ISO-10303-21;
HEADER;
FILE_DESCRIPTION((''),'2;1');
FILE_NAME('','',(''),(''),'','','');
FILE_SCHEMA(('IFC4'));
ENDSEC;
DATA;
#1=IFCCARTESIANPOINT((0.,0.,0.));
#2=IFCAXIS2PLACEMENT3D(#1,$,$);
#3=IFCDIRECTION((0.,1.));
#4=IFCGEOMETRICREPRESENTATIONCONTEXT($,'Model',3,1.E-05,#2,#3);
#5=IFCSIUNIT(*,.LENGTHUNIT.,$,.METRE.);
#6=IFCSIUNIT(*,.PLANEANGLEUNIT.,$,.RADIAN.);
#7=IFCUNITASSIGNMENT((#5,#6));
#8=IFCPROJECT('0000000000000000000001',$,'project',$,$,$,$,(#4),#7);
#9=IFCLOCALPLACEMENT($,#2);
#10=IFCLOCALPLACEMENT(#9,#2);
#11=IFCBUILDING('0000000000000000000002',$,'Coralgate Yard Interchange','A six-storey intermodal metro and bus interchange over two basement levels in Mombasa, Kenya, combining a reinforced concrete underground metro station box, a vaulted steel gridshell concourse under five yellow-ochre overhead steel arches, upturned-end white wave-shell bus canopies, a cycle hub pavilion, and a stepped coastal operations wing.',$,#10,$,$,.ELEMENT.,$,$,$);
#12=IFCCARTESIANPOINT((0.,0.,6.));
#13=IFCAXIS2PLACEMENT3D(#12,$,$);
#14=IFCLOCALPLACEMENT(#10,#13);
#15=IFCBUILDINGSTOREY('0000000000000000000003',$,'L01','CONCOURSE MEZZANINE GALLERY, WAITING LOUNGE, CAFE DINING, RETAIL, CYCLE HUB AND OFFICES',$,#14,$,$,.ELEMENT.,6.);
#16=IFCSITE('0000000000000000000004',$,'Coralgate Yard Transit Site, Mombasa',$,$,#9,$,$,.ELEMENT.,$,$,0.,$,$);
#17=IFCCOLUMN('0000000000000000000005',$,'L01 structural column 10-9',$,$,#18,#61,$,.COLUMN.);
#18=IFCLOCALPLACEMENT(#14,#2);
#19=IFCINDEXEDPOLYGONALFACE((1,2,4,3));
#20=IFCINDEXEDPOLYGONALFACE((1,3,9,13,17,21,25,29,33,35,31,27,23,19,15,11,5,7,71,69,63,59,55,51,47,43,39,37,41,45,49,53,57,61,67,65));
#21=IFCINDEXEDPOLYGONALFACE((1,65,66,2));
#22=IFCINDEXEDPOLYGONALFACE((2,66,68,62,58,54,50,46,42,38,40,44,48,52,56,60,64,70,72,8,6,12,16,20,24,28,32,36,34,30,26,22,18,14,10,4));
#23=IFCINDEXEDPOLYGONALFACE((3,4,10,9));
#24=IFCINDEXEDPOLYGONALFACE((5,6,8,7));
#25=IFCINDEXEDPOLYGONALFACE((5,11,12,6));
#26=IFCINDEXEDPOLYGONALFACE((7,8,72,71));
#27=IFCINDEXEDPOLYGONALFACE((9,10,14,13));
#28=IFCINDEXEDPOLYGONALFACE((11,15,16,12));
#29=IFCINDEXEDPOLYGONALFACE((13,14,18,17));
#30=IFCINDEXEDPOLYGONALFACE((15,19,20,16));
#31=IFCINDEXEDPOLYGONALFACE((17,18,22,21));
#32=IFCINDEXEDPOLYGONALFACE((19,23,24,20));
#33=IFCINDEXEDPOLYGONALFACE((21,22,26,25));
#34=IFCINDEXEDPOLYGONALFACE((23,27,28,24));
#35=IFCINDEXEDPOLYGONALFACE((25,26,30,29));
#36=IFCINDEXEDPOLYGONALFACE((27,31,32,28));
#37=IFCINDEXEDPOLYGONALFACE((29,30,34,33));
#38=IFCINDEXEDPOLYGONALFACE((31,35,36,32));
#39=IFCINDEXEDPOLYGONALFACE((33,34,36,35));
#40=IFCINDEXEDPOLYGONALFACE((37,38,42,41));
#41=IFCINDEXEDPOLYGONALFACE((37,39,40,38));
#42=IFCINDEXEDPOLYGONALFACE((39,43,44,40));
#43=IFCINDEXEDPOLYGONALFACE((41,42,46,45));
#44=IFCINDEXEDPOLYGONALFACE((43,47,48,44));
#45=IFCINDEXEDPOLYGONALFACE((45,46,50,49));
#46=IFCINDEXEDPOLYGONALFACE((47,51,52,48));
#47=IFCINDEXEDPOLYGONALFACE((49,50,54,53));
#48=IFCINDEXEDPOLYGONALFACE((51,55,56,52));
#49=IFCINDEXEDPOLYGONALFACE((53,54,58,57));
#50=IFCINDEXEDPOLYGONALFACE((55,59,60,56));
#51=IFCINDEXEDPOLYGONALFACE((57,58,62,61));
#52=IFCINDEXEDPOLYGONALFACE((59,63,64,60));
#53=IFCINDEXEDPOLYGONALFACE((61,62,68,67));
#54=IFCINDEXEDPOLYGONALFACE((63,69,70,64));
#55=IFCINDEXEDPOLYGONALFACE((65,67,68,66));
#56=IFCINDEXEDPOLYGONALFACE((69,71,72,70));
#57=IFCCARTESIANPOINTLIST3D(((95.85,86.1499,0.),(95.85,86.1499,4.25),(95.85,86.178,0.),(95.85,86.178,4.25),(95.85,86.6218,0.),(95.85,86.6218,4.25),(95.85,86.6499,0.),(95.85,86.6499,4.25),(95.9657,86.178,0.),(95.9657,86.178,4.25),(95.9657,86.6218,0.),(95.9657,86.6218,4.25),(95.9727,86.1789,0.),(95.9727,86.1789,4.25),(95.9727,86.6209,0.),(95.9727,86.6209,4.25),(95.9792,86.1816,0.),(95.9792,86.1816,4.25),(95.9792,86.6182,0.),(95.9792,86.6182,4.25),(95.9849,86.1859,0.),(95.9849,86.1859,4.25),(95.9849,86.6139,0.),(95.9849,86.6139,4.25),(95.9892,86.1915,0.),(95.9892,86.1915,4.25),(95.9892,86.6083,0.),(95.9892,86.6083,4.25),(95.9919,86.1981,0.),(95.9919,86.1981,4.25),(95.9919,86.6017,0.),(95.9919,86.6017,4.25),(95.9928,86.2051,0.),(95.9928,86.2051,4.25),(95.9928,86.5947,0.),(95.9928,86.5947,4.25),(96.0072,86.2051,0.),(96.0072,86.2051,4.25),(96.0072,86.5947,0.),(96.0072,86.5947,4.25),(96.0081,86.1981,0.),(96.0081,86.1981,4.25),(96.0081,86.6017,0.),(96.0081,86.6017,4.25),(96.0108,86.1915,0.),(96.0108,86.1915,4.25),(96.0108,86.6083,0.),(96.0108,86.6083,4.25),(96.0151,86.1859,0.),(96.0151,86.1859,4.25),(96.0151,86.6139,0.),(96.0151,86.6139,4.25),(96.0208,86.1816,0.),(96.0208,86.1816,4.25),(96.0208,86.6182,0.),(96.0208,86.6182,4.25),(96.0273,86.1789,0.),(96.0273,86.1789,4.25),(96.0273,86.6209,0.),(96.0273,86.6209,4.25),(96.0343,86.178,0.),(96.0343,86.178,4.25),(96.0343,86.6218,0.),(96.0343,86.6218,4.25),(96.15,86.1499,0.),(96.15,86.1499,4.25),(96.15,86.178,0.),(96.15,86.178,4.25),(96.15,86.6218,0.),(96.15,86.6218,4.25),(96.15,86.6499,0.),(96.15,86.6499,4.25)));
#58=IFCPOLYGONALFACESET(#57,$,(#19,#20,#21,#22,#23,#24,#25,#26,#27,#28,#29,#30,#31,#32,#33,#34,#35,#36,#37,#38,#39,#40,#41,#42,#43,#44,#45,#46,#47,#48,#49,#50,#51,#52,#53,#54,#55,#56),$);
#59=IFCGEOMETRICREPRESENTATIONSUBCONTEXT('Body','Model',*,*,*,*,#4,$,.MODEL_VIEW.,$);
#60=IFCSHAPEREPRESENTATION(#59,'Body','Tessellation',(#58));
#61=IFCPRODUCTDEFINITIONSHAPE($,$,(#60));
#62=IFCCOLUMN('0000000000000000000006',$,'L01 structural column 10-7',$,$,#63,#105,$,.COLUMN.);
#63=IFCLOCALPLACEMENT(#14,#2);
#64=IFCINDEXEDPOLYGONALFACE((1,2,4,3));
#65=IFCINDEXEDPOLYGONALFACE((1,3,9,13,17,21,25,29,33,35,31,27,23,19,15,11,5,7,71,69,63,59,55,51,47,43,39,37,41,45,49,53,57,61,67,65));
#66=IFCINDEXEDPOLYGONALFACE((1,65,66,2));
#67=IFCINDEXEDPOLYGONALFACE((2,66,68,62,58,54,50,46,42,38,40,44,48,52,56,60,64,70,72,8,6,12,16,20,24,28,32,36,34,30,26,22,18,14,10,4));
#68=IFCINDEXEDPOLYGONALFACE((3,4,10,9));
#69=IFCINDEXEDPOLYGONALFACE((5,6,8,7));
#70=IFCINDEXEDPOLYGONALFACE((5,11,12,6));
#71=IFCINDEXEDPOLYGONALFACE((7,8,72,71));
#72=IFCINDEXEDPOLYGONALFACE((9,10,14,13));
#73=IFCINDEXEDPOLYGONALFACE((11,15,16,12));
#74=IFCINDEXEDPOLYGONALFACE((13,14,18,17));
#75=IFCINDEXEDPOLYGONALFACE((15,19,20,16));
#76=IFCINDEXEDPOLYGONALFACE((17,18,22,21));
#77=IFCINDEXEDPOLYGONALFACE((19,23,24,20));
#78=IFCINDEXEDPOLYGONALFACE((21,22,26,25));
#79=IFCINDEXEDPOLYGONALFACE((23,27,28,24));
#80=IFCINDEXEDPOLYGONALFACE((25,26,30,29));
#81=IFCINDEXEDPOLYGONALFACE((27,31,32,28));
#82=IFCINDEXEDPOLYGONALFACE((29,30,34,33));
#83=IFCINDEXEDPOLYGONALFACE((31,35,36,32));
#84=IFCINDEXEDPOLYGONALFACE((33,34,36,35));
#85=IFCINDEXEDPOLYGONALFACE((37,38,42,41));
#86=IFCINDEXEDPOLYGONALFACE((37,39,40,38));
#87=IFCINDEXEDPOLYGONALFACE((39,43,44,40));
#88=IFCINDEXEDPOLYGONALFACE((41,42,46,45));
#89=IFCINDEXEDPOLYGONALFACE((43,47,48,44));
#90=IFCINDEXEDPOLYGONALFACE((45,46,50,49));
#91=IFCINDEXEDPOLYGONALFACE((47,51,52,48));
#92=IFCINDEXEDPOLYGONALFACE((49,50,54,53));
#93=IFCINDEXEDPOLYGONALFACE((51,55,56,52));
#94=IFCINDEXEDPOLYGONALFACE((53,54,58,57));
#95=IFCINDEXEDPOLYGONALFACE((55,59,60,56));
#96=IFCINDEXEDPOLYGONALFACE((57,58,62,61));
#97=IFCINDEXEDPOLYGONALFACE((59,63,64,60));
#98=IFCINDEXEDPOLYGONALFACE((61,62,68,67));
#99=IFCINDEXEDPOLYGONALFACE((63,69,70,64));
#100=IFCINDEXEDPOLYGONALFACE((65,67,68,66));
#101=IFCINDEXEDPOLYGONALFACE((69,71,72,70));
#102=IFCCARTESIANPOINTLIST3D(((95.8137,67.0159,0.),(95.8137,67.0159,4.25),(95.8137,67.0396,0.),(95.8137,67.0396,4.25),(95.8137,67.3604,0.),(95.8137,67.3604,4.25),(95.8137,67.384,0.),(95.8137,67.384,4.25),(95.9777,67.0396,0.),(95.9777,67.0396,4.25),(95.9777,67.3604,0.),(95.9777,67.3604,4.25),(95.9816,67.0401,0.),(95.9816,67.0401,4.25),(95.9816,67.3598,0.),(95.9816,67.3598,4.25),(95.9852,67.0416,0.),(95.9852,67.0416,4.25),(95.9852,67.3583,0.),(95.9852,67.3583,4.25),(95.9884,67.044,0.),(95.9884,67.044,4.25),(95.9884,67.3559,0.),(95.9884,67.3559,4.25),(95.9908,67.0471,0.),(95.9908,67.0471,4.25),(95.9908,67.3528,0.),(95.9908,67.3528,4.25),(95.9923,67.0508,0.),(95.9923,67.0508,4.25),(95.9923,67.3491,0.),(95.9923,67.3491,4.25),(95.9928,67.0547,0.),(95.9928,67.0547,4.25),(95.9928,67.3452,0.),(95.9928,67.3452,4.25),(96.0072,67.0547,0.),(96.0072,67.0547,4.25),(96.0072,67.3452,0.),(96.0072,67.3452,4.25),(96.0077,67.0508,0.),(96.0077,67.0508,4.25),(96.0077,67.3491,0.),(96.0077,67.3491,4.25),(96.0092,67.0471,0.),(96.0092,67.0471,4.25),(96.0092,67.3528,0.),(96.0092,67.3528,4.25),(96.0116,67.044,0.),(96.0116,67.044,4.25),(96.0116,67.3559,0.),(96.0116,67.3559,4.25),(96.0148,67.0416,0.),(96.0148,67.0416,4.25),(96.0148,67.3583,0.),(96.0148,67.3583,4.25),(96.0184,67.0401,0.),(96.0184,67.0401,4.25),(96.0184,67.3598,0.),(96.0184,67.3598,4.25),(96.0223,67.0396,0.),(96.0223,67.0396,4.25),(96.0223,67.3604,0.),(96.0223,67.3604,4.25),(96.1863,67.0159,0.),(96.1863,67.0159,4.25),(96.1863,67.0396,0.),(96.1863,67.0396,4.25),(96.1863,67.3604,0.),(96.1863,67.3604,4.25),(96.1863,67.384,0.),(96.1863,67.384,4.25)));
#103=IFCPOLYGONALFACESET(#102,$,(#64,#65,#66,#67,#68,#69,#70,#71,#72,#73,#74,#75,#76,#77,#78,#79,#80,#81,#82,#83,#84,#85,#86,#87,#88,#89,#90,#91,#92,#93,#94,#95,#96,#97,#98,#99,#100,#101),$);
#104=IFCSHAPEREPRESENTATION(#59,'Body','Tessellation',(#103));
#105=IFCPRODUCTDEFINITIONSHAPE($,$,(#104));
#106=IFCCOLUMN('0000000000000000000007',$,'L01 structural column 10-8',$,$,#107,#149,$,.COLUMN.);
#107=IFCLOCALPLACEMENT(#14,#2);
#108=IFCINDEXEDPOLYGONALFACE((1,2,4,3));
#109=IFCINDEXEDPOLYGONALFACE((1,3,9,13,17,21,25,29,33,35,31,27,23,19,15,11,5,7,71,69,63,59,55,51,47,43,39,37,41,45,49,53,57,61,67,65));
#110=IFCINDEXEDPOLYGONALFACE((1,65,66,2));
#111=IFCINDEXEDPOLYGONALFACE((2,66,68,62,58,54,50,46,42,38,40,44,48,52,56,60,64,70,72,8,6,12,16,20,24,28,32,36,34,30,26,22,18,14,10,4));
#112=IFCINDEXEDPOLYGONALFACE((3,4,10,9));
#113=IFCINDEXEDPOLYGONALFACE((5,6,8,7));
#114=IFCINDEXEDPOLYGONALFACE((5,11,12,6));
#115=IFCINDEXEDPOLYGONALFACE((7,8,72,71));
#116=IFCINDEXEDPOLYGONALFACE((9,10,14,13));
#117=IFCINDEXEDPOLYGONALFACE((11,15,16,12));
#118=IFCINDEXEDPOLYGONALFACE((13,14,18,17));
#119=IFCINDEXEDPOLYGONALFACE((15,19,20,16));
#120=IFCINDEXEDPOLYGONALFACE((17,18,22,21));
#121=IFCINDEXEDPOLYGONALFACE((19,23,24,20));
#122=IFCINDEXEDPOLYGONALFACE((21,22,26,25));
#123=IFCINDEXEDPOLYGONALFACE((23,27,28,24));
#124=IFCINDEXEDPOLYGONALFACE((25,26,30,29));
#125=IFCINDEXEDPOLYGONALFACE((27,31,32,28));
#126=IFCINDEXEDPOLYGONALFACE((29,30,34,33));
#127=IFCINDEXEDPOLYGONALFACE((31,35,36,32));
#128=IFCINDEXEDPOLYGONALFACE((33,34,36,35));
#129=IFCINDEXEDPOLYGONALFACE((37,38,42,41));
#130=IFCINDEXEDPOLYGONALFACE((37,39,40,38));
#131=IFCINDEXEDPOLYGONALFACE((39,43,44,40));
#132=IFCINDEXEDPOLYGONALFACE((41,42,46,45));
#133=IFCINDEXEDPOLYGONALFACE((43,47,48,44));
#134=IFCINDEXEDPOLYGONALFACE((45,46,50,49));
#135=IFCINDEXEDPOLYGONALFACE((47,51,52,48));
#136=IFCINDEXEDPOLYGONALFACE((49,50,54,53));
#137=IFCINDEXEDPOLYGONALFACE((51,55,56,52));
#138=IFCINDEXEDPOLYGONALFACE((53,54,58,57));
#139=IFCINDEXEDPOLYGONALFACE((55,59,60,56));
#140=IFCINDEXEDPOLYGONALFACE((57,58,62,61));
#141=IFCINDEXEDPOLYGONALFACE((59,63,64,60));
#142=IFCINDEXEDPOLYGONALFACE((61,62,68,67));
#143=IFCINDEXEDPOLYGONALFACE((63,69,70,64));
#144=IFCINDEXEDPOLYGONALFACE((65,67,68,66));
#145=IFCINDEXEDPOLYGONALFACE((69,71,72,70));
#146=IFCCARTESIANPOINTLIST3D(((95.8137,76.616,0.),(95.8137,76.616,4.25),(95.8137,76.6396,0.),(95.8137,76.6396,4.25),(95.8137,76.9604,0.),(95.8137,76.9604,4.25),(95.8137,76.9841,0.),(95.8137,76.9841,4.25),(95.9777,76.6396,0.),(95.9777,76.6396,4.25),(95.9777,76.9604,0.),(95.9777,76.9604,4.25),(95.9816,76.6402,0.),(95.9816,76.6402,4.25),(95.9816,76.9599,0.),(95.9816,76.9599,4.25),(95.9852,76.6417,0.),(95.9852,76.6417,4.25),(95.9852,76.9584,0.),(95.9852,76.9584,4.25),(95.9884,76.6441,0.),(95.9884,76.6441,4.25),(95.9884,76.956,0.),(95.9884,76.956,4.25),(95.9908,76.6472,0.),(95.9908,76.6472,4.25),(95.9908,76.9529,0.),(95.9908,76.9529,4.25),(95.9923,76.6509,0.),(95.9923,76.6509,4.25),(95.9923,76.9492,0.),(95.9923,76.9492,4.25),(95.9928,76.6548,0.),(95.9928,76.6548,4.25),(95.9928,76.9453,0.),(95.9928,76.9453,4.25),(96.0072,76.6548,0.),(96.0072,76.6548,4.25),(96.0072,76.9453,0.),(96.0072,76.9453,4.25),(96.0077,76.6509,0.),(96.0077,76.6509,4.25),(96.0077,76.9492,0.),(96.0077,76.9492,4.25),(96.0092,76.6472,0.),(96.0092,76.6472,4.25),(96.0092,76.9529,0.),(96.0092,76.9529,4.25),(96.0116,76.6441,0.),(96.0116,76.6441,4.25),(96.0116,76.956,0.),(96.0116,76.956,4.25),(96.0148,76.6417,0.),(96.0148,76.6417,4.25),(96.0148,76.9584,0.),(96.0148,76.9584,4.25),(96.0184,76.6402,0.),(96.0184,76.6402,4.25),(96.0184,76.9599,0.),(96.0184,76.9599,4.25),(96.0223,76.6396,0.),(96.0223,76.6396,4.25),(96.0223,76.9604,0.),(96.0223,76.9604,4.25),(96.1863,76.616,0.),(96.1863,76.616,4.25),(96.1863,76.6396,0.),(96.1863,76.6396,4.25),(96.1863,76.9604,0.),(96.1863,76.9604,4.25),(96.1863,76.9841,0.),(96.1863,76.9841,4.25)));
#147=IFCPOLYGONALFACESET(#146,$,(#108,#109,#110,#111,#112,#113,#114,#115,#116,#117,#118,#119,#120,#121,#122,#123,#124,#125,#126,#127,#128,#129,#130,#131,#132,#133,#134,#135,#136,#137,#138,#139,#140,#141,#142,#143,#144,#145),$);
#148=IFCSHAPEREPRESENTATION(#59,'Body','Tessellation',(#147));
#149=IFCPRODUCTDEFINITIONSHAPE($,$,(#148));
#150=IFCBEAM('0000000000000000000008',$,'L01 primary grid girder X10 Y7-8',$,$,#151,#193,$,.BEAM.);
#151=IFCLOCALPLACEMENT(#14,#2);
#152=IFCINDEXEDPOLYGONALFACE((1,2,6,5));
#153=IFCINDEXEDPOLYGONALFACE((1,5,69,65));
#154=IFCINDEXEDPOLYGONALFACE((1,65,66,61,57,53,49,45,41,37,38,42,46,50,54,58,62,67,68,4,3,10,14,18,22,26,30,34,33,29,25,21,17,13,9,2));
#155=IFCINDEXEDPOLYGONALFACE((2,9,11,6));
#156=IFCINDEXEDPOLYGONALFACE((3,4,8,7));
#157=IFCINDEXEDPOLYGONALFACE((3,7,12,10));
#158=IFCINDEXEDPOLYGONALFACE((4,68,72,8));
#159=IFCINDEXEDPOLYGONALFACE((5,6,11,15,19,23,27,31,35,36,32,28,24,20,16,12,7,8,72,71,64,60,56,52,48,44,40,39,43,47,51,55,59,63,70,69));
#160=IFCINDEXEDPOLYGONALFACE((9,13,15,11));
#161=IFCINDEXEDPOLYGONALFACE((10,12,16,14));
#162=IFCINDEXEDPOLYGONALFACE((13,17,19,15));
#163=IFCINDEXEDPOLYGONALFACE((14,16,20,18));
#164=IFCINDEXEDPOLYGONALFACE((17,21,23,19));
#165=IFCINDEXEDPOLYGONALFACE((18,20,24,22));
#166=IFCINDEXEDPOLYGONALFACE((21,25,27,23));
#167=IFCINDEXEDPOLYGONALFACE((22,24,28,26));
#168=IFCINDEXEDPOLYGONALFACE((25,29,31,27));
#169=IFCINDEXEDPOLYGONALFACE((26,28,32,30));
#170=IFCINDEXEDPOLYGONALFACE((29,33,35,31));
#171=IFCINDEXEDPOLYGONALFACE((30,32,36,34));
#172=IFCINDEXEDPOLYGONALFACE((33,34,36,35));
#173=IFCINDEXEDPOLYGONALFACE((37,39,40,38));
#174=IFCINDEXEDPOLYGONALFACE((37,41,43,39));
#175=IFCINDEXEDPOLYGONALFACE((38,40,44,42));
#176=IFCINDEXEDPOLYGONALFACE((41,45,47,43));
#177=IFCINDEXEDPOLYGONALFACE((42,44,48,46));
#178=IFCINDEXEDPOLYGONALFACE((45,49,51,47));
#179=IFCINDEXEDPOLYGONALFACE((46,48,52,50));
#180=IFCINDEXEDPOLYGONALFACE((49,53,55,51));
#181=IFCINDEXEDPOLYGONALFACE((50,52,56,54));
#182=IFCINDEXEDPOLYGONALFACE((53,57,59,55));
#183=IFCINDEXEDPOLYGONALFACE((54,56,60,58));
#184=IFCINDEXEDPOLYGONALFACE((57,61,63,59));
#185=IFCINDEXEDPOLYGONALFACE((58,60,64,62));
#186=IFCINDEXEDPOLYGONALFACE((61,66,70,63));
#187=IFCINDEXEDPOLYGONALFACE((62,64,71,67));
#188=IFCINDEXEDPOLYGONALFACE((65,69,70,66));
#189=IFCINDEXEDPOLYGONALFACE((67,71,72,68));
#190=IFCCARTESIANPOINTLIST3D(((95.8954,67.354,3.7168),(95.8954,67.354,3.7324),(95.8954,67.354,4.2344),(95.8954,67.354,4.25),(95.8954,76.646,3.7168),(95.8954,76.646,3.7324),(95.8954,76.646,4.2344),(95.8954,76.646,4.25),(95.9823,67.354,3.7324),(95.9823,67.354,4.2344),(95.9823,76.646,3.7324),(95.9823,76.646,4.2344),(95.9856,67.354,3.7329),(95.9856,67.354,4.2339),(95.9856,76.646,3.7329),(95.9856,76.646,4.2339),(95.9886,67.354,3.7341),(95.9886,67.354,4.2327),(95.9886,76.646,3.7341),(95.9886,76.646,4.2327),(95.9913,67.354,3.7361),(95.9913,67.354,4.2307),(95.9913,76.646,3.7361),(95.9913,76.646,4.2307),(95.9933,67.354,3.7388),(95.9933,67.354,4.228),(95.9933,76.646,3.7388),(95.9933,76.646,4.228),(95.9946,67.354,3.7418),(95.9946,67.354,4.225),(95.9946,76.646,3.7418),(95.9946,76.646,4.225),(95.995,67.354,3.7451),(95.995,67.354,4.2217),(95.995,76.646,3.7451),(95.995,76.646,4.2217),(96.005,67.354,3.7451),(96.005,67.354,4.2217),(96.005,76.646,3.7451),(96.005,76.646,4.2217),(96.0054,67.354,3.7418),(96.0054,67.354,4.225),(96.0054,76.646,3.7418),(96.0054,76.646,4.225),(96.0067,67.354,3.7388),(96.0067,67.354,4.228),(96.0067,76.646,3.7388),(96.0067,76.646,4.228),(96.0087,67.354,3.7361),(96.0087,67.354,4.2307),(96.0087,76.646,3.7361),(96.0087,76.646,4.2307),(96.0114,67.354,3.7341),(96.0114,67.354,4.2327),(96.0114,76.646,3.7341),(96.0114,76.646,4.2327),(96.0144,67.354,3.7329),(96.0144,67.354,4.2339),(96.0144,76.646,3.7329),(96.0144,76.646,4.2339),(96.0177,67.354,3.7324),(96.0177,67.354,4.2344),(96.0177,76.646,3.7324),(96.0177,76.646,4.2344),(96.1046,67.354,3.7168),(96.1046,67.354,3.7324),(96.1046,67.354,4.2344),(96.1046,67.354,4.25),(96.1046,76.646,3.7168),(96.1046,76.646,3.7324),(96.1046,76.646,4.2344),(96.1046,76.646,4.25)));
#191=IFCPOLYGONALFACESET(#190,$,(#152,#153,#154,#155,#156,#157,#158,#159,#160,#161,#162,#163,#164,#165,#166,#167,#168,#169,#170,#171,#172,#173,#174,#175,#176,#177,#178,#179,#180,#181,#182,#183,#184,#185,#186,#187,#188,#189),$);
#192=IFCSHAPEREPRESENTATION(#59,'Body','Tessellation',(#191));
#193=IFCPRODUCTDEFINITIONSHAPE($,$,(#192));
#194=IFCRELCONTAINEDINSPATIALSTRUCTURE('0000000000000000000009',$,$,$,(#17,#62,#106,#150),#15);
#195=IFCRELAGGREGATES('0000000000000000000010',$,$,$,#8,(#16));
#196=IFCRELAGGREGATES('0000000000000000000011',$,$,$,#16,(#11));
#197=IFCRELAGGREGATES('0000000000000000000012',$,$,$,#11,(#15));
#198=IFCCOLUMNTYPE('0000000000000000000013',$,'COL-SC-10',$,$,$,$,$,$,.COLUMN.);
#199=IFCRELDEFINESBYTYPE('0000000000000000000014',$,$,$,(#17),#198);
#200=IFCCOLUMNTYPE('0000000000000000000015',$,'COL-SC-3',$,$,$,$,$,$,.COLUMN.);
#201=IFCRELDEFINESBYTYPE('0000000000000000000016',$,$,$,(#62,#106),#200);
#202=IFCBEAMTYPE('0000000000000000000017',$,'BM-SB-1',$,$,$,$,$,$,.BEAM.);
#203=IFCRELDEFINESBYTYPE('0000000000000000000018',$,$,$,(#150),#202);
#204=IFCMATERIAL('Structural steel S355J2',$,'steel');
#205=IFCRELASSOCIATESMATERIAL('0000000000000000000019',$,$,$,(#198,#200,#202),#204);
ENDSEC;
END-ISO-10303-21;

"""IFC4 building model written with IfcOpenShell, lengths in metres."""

from ifc_helpers import new_model, si_unit, direction, frame, origin, origin_2d, place, context, subcontext, project, spatial, i_section, extrude, material, material_profile, profile_set, type_object, element, save


model = new_model("IFC4")

# Units and contexts
model_context = context("Model", 3, precision=1e-05, world=origin(), true_north=direction((0.0, 1.0)))
body_context = subcontext(model_context, "Body", "Model", "MODEL_VIEW")
ifc_project = project(units=[si_unit("LENGTHUNIT", "METRE"), si_unit("PLANEANGLEUNIT", "RADIAN")], contexts=[model_context])

# Site, building, storey
site_placement = place(None, origin())
site = spatial("IfcSite", under=ifc_project, at=site_placement, Name="Coralgate Yard Transit Site, Mombasa", CompositionType="ELEMENT", RefElevation=0.0)
building_placement = place(site_placement, origin())
building = spatial("IfcBuilding", under=site, at=building_placement, Name="Coralgate Yard Interchange", Description="A six-storey intermodal metro and bus interchange over two basement levels in Mombasa, Kenya, combining a reinforced concrete underground metro station box, a vaulted steel gridshell concourse under five yellow-ochre overhead steel arches, upturned-end white wave-shell bus canopies, a cycle hub pavilion, and a stepped coastal operations wing.", CompositionType="ELEMENT")
storey_placement = place(building_placement, frame((0.0, 0.0, 6.0)))
storey = spatial("IfcBuildingStorey", under=building, at=storey_placement, Name="L01", Description="CONCOURSE MEZZANINE GALLERY, WAITING LOUNGE, CAFE DINING, RETAIL, CYCLE HUB AND OFFICES", CompositionType="ELEMENT", Elevation=6.0)

# Columns
ifc_material_1 = material(Name="Structural steel S355J2", Category="steel")
ifc_material_profile_1 = material_profile(ifc_material_1, i_section(OverallWidth=0.3, OverallDepth=0.5, WebThickness=0.0144, FlangeThickness=0.0281, FilletRadius=0.0271, at=origin_2d()), Name="HEB 500")
ifc_profile_set_1 = profile_set([ifc_material_profile_1], Name="Structural steel S355J2")
column_type_1 = type_object("IfcColumnType", Name="COL-SC-10", PredefinedType="COLUMN", material=ifc_profile_set_1)
column_placement = place(storey_placement, frame((96.0, 86.3999, 0.0), z_axis=(0.0, 0.0, 1.0), x_axis=(1.0, 0.0, 0.0)))
element("IfcColumn", 1, at=column_placement, inside=storey, type_object=column_type_1, Name="L01 structural column 10-9", PredefinedType="COLUMN", context=body_context, shape_type="SweptSolid", body=[
    extrude(i_section(OverallWidth=0.3, OverallDepth=0.5, WebThickness=0.0144, FlangeThickness=0.0281, FilletRadius=0.0271, at=origin_2d()), origin(), (0.0, 0.0, 1.0), 4.25),
])
ifc_material_profile_2 = material_profile(ifc_material_1, i_section(OverallWidth=0.3726, OverallDepth=0.3682, WebThickness=0.0144, FlangeThickness=0.0237, FilletRadius=0.0151, at=origin_2d()), Name="UC 356x368x177")
ifc_profile_set_2 = profile_set([ifc_material_profile_2], Name="Structural steel S355J2")
column_type_2 = type_object("IfcColumnType", Name="COL-SC-3", PredefinedType="COLUMN", material=ifc_profile_set_2)
for number, where, z_axis, x_axis, name in (
    (2, (96.0, 67.2, 0.0), (0.0, 0.0, 1.0), (1.0, 0.0, 0.0), "L01 structural column 10-7"),
    (3, (96.0, 76.8, 0.0), (0.0, 0.0, 1.0), (1.0, 0.0, 0.0), "L01 structural column 10-8"),
):
    element("IfcColumn", number, at=place(storey_placement, frame(where, z_axis=z_axis, x_axis=x_axis)), inside=storey, type_object=column_type_2, Name=name, PredefinedType="COLUMN", context=body_context, shape_type="SweptSolid", body=[
        extrude(i_section(OverallWidth=0.3726, OverallDepth=0.3682, WebThickness=0.0144, FlangeThickness=0.0237, FilletRadius=0.0151, at=origin_2d()), origin(), (0.0, 0.0, 1.0), 4.25),
    ])

# Beam
ifc_material_profile_3 = material_profile(ifc_material_1, i_section(OverallWidth=0.2092, OverallDepth=0.5332, WebThickness=0.01, FlangeThickness=0.0156, FilletRadius=0.0127, at=origin_2d()), Name="UB 533x210x92")
ifc_profile_set_3 = profile_set([ifc_material_profile_3], Name="Structural steel S355J2")
beam_type_1 = type_object("IfcBeamType", Name="BM-SB-1", PredefinedType="BEAM", material=ifc_profile_set_3)
beam_1_placement = place(storey_placement, frame((96.0, 67.354, 3.9834), z_axis=(0.0, 1.0, 0.0), x_axis=(-1.0, 0.0, 0.0)))
element("IfcBeam", 4, at=beam_1_placement, inside=storey, type_object=beam_type_1, Name="L01 primary grid girder X10 Y7-8", PredefinedType="BEAM", context=body_context, shape_type="SweptSolid", body=[
    extrude(i_section(OverallWidth=0.2092, OverallDepth=0.5332, WebThickness=0.01, FlangeThickness=0.0156, FilletRadius=0.0127, at=origin_2d()), origin(), (0.0, 0.0, 1.0), 9.292),
])

save(model, "model.ifc")
